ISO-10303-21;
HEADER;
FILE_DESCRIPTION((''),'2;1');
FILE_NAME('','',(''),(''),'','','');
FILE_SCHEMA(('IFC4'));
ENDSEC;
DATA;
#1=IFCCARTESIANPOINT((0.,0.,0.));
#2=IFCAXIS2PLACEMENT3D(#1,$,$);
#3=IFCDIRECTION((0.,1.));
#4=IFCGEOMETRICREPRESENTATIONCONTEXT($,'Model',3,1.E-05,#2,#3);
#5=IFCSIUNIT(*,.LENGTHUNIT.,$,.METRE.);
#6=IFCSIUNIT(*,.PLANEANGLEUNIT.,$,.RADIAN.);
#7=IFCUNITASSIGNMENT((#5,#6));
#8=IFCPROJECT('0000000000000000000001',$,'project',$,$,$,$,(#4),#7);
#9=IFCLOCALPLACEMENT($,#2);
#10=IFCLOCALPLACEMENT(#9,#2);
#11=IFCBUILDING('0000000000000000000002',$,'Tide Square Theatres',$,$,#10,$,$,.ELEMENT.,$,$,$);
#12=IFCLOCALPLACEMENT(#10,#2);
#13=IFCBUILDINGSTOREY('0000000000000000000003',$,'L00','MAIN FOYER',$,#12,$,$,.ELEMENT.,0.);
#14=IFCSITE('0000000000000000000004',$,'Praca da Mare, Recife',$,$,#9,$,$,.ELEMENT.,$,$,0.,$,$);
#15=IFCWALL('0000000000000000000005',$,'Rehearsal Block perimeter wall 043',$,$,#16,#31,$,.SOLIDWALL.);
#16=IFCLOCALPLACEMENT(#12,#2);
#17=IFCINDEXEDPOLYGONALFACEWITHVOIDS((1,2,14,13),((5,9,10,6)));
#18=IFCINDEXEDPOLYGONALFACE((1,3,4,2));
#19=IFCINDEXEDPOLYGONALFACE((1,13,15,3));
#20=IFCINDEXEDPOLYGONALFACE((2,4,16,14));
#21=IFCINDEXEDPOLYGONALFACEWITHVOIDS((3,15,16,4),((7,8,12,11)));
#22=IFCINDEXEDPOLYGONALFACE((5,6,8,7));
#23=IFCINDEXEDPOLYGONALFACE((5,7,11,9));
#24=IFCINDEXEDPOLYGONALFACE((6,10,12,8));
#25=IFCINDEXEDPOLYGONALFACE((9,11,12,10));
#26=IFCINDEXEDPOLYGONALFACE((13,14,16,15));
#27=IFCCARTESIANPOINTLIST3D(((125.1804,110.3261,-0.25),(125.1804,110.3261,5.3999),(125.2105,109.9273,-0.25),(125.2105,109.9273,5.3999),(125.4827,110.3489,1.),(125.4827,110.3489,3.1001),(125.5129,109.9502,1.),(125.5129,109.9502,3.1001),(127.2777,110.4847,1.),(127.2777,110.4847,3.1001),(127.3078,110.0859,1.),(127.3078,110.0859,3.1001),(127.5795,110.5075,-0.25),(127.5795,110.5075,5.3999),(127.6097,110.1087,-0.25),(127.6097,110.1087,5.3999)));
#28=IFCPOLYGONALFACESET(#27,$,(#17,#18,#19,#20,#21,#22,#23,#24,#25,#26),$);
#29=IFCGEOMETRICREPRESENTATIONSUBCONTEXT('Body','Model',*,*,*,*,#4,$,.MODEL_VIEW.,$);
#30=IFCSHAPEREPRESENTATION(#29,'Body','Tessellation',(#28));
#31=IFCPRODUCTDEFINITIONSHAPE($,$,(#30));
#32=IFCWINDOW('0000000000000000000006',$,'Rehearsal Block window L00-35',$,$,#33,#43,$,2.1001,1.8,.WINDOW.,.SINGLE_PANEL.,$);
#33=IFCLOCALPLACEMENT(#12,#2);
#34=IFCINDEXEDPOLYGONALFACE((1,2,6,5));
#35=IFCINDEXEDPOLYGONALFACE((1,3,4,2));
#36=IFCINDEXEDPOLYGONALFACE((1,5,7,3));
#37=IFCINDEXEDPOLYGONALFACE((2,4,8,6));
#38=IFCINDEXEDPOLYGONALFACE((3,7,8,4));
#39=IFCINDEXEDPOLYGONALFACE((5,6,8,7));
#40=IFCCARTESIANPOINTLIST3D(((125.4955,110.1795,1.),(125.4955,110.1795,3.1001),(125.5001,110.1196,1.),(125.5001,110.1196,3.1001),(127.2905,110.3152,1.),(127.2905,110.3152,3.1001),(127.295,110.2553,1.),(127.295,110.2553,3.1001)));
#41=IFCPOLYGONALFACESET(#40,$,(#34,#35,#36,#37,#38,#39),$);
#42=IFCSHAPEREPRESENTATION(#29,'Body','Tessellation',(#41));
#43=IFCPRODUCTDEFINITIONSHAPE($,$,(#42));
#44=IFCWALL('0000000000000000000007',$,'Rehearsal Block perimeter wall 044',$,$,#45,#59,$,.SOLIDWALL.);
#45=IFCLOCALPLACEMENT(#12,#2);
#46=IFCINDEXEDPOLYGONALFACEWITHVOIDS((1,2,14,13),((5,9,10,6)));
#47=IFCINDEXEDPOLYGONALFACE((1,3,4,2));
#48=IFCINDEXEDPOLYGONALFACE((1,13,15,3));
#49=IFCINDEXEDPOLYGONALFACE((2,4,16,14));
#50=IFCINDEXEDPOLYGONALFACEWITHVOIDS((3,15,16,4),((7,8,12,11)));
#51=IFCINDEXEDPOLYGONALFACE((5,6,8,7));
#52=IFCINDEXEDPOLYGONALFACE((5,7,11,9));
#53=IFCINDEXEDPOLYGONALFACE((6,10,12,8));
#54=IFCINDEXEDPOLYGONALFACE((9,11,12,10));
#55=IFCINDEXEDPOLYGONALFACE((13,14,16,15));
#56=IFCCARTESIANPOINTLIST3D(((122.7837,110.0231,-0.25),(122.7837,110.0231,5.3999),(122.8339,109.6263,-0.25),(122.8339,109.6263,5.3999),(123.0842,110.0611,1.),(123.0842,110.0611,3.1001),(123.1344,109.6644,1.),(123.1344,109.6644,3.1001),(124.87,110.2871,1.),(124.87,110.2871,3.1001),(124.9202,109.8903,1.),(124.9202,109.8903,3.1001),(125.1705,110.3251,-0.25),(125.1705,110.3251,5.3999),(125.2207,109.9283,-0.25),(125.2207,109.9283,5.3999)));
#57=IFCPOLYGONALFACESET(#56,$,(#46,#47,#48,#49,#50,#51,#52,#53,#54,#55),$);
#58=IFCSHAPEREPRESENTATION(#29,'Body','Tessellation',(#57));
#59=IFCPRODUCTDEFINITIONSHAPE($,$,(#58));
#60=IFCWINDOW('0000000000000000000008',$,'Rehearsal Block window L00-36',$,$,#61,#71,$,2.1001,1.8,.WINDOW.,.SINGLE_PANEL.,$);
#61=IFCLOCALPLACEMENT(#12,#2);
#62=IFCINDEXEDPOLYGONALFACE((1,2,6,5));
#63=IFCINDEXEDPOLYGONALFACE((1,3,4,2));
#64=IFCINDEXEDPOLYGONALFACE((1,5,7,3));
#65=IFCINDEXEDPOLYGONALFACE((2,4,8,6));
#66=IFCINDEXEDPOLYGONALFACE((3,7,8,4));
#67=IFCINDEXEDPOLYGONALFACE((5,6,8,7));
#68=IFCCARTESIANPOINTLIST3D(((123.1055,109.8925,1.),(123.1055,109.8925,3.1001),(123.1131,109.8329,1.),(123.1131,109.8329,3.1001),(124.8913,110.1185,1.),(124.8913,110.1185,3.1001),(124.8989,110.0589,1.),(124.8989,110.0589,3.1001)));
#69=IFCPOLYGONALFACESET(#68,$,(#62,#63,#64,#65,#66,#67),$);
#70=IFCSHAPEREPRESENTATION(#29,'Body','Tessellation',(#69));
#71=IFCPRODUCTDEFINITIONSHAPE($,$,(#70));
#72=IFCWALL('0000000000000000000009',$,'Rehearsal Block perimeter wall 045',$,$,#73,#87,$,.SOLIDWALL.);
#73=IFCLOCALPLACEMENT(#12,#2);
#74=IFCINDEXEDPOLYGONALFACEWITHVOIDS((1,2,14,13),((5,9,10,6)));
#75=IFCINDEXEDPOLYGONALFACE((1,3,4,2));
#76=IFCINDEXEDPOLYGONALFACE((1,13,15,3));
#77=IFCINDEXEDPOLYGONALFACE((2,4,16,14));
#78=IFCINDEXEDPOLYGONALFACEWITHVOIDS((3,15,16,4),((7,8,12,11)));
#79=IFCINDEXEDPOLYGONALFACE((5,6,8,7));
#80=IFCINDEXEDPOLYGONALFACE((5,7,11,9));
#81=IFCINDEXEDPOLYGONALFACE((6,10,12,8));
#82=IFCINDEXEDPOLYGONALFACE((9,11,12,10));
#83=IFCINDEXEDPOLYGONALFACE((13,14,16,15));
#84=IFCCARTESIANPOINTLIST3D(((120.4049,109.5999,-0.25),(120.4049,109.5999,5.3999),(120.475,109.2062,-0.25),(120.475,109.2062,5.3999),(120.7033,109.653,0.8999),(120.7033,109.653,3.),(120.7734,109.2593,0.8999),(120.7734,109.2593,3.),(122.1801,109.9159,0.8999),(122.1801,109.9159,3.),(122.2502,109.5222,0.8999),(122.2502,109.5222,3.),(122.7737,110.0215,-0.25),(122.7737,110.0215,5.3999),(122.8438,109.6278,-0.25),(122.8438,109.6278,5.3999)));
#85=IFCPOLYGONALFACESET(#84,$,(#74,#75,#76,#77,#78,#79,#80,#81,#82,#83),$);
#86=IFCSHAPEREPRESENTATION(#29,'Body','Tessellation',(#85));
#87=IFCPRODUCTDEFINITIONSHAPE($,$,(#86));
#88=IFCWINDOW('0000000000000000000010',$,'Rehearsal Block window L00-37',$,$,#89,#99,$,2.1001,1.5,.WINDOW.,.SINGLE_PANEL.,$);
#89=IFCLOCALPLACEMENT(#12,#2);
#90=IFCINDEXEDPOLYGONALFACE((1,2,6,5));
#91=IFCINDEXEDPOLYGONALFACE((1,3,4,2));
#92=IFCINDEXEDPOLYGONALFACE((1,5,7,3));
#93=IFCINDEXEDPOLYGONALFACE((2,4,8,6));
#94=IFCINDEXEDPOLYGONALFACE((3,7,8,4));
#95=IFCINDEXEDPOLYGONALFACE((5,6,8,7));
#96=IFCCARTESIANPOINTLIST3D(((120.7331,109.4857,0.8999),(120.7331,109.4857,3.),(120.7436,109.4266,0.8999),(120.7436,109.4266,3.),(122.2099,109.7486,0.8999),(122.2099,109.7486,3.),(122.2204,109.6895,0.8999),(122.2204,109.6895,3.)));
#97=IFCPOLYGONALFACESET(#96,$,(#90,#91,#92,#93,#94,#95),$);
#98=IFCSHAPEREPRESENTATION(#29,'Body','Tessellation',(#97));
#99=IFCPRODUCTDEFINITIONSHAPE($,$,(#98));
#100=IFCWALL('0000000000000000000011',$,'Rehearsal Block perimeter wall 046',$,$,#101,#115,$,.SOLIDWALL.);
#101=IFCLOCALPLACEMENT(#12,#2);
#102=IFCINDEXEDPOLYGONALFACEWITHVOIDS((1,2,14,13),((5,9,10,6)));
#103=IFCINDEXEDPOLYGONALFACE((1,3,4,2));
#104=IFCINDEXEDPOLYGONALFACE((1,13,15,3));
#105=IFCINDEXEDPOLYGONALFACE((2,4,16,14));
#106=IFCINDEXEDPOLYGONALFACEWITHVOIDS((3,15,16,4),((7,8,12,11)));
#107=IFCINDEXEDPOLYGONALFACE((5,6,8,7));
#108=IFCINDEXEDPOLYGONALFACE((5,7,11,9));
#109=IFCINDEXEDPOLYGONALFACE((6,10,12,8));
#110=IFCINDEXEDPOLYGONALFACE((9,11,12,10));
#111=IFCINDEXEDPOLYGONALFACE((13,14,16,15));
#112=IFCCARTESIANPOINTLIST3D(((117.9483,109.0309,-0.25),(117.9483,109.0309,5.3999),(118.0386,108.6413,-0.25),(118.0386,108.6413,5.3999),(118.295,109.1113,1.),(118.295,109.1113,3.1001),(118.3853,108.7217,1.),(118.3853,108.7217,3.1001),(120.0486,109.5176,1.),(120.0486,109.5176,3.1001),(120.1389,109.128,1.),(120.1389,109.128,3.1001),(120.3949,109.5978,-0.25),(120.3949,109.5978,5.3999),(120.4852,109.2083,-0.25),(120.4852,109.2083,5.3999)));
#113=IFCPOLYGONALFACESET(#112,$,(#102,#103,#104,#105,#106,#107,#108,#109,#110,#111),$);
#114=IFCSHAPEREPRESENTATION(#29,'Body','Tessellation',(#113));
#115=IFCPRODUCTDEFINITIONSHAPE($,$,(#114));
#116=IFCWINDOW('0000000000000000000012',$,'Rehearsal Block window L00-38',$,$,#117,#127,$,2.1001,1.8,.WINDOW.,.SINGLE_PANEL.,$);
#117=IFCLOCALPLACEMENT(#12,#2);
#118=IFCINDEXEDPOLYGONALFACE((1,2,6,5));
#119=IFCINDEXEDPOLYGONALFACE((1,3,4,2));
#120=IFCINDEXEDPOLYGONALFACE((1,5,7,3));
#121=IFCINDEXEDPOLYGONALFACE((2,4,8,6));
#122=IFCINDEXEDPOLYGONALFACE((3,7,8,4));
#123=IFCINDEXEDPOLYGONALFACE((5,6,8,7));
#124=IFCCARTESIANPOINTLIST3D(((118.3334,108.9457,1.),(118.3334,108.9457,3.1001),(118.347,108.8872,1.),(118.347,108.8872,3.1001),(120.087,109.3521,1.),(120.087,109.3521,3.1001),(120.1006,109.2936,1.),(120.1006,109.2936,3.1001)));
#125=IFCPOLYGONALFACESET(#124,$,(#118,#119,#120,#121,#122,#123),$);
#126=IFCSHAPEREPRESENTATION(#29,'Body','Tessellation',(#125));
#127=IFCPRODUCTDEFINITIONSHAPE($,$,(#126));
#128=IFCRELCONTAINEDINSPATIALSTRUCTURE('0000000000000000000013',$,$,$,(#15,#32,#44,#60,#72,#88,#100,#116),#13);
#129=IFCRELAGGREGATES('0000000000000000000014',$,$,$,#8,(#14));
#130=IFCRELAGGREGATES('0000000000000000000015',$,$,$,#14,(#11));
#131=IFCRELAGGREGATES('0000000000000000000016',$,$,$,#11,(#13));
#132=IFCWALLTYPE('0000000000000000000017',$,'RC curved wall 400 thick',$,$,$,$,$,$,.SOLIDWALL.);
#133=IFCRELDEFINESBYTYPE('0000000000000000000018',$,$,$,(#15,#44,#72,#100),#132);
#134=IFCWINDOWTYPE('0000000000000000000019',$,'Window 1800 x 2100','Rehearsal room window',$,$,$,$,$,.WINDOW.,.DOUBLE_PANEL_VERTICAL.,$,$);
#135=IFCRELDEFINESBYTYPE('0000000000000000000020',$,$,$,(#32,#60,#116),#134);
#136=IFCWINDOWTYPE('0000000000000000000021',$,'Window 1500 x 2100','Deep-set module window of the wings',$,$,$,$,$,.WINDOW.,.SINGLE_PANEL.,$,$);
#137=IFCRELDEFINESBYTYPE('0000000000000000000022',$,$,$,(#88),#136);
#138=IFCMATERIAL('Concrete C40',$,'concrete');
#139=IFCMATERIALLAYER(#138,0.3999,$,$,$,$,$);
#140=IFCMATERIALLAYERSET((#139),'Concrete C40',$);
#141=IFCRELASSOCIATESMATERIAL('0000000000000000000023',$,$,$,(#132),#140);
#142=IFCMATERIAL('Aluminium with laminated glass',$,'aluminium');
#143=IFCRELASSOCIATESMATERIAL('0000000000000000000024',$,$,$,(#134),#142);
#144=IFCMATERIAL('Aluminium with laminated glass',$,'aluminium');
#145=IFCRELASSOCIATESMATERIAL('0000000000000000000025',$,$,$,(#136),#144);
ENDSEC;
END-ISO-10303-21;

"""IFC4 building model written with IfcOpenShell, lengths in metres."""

from ifc_helpers import new_model, si_unit, direction, frame, frame_2d, origin, place, context, subcontext, project, spatial, rectangle, extrude, material, layer, layer_set, type_object, element, fill, save


model = new_model("IFC4")

# Units and contexts
model_context = context("Model", 3, precision=1e-05, world=origin(), true_north=direction((0.0, 1.0)))
body_context = subcontext(model_context, "Body", "Model", "MODEL_VIEW")
ifc_project = project(units=[si_unit("LENGTHUNIT", "METRE"), si_unit("PLANEANGLEUNIT", "RADIAN")], contexts=[model_context])

# Site, building, storey
site_placement = place(None, origin())
site = spatial("IfcSite", under=ifc_project, at=site_placement, Name="Praca da Mare, Recife", CompositionType="ELEMENT", RefElevation=0.0)
building_placement = place(site_placement, origin())
building = spatial("IfcBuilding", under=site, at=building_placement, Name="Tide Square Theatres", CompositionType="ELEMENT")
storey_placement = place(building_placement, origin())
storey = spatial("IfcBuildingStorey", under=building, at=storey_placement, Name="L00", Description="MAIN FOYER", CompositionType="ELEMENT", Elevation=0.0)

# Walls, openings, windows
ifc_material_1 = material(Name="Concrete C40", Category="concrete")
ifc_layer_1 = layer(ifc_material_1, 0.3999)
ifc_layer_set_1 = layer_set([ifc_layer_1], Name="Concrete C40")
wall_type_1 = type_object("IfcWallType", Name="RC curved wall 400 thick", PredefinedType="SOLIDWALL", material=ifc_layer_set_1)
ifc_material_2 = material(Name="Aluminium with laminated glass", Category="aluminium")
window_type_1 = type_object("IfcWindowType", Name="Window 1800 x 2100", Description="Rehearsal room window", PartitioningType="DOUBLE_PANEL_VERTICAL", PredefinedType="WINDOW", material=ifc_material_2)
wall_1_placement = place(storey_placement, frame((127.5947, 110.3081, -0.25), z_axis=(0.0, 0.0, 1.0), x_axis=(-0.997154, -0.075393, 0.0)))
wall_1 = element("IfcWall", 1, at=wall_1_placement, inside=storey, type_object=wall_type_1, Name="Rehearsal Block perimeter wall 043", PredefinedType="SOLIDWALL", context=body_context, shape_type="SweptSolid", body=[
    extrude(rectangle(XDim=2.406, YDim=0.3999, at=frame_2d((1.2031, 0.0))), origin(), (0.0, 0.0, 1.0), 5.6499),
])
opening_1_placement = place(wall_1_placement, frame((0.303, 0.0, 1.25)))
opening_1 = element("IfcOpeningElement", 2, at=opening_1_placement, cuts=wall_1, PredefinedType="OPENING", context=body_context, shape_type="SweptSolid", body=[
    extrude(rectangle(XDim=1.8, YDim=2.1001, at=frame_2d((0.8999, 1.05))), frame((0.0, 0.21, 0.0), z_axis=(0.0, -1.0, 0.0), x_axis=(1.0, 0.0, 0.0)), (0.0, 0.0, 1.0), 0.4199),
])
window_1_placement = place(opening_1_placement, origin())
window_1 = element("IfcWindow", 3, at=window_1_placement, inside=storey, type_object=window_type_1, Name="Rehearsal Block window L00-35", OverallHeight=2.1001, OverallWidth=1.8, PartitioningType="SINGLE_PANEL", PredefinedType="WINDOW", context=body_context, shape_type="SweptSolid", body=[
    extrude(rectangle(XDim=1.8, YDim=2.1001, at=frame_2d((0.8999, 1.05))), frame((0.0, 0.03, 0.0), z_axis=(0.0, -1.0, 0.0), x_axis=(1.0, 0.0, 0.0)), (0.0, 0.0, 1.0), 0.0601),
])
fill(opening_1, window_1)
wall_2_placement = place(storey_placement, frame((125.1956, 110.1267, -0.25), z_axis=(0.0, 0.0, 1.0), x_axis=(-0.992089, -0.125533, 0.0)))
wall_2 = element("IfcWall", 4, at=wall_2_placement, inside=storey, type_object=wall_type_1, Name="Rehearsal Block perimeter wall 044", PredefinedType="SOLIDWALL", context=body_context, shape_type="SweptSolid", body=[
    extrude(rectangle(XDim=2.4058, YDim=0.3999, at=frame_2d((1.2029, 0.0))), origin(), (0.0, 0.0, 1.0), 5.6499),
])
opening_2_placement = place(wall_2_placement, frame((0.303, 0.0, 1.25)))
opening_2 = element("IfcOpeningElement", 5, at=opening_2_placement, cuts=wall_2, PredefinedType="OPENING", context=body_context, shape_type="SweptSolid", body=[
    extrude(rectangle(XDim=1.8, YDim=2.1001, at=frame_2d((0.8999, 1.05))), frame((0.0, 0.21, 0.0), z_axis=(0.0, -1.0, 0.0), x_axis=(1.0, 0.0, 0.0)), (0.0, 0.0, 1.0), 0.4199),
])
window_2_placement = place(opening_2_placement, origin())
window_2 = element("IfcWindow", 6, at=window_2_placement, inside=storey, type_object=window_type_1, Name="Rehearsal Block window L00-36", OverallHeight=2.1001, OverallWidth=1.8, PartitioningType="SINGLE_PANEL", PredefinedType="WINDOW", context=body_context, shape_type="SweptSolid", body=[
    extrude(rectangle(XDim=1.8, YDim=2.1001, at=frame_2d((0.8999, 1.05))), frame((0.0, 0.03, 0.0), z_axis=(0.0, -1.0, 0.0), x_axis=(1.0, 0.0, 0.0)), (0.0, 0.0, 1.0), 0.0601),
])
fill(opening_2, window_2)
wall_3_placement = place(storey_placement, frame((122.8088, 109.8247, -0.25), z_axis=(0.0, 0.0, 1.0), x_axis=(-0.984524, -0.17525, 0.0)))
wall_3 = element("IfcWall", 7, at=wall_3_placement, inside=storey, type_object=wall_type_1, Name="Rehearsal Block perimeter wall 045", PredefinedType="SOLIDWALL", context=body_context, shape_type="SweptSolid", body=[
    extrude(rectangle(XDim=2.406, YDim=0.3999, at=frame_2d((1.2031, 0.0))), origin(), (0.0, 0.0, 1.0), 5.6499),
])
opening_3_placement = place(wall_3_placement, frame((0.603, 0.0, 1.1499)))
opening_3 = element("IfcOpeningElement", 8, at=opening_3_placement, cuts=wall_3, PredefinedType="OPENING", context=body_context, shape_type="SweptSolid", body=[
    extrude(rectangle(XDim=1.5, YDim=2.1001, at=frame_2d((0.75, 1.05))), frame((0.0, 0.21, 0.0), z_axis=(0.0, -1.0, 0.0), x_axis=(1.0, 0.0, 0.0)), (0.0, 0.0, 1.0), 0.4199),
])
ifc_material_3 = material(Name="Aluminium with laminated glass", Category="aluminium")
window_type_2 = type_object("IfcWindowType", Name="Window 1500 x 2100", Description="Deep-set module window of the wings", PartitioningType="SINGLE_PANEL", PredefinedType="WINDOW", material=ifc_material_3)
window_3_placement = place(opening_3_placement, origin())
window_3 = element("IfcWindow", 9, at=window_3_placement, inside=storey, type_object=window_type_2, Name="Rehearsal Block window L00-37", OverallHeight=2.1001, OverallWidth=1.5, PartitioningType="SINGLE_PANEL", PredefinedType="WINDOW", context=body_context, shape_type="SweptSolid", body=[
    extrude(rectangle(XDim=1.5, YDim=2.1001, at=frame_2d((0.75, 1.05))), frame((0.0, 0.03, 0.0), z_axis=(0.0, -1.0, 0.0), x_axis=(1.0, 0.0, 0.0)), (0.0, 0.0, 1.0), 0.0601),
])
fill(opening_3, window_3)
wall_4_placement = place(storey_placement, frame((120.4402, 109.4031, -0.25), z_axis=(0.0, 0.0, 1.0), x_axis=(-0.974189, -0.225733, 0.0)))
wall_4 = element("IfcWall", 10, at=wall_4_placement, inside=storey, type_object=wall_type_1, Name="Rehearsal Block perimeter wall 046", PredefinedType="SOLIDWALL", context=body_context, shape_type="SweptSolid", body=[
    extrude(rectangle(XDim=2.5115, YDim=0.3999, at=frame_2d((1.2559, 0.0))), origin(), (0.0, 0.0, 1.0), 5.6499),
])
opening_4_placement = place(wall_4_placement, frame((0.3557, 0.0, 1.25)))
opening_4 = element("IfcOpeningElement", 11, at=opening_4_placement, cuts=wall_4, PredefinedType="OPENING", context=body_context, shape_type="SweptSolid", body=[
    extrude(rectangle(XDim=1.8, YDim=2.1001, at=frame_2d((0.8999, 1.05))), frame((0.0, 0.21, 0.0), z_axis=(0.0, -1.0, 0.0), x_axis=(1.0, 0.0, 0.0)), (0.0, 0.0, 1.0), 0.4199),
])
window_4_placement = place(opening_4_placement, origin())
window_4 = element("IfcWindow", 12, at=window_4_placement, inside=storey, type_object=window_type_1, Name="Rehearsal Block window L00-38", OverallHeight=2.1001, OverallWidth=1.8, PartitioningType="SINGLE_PANEL", PredefinedType="WINDOW", context=body_context, shape_type="SweptSolid", body=[
    extrude(rectangle(XDim=1.8, YDim=2.1001, at=frame_2d((0.8999, 1.05))), frame((0.0, 0.03, 0.0), z_axis=(0.0, -1.0, 0.0), x_axis=(1.0, 0.0, 0.0)), (0.0, 0.0, 1.0), 0.0601),
])
fill(opening_4, window_4)

save(model, "model.ifc")
